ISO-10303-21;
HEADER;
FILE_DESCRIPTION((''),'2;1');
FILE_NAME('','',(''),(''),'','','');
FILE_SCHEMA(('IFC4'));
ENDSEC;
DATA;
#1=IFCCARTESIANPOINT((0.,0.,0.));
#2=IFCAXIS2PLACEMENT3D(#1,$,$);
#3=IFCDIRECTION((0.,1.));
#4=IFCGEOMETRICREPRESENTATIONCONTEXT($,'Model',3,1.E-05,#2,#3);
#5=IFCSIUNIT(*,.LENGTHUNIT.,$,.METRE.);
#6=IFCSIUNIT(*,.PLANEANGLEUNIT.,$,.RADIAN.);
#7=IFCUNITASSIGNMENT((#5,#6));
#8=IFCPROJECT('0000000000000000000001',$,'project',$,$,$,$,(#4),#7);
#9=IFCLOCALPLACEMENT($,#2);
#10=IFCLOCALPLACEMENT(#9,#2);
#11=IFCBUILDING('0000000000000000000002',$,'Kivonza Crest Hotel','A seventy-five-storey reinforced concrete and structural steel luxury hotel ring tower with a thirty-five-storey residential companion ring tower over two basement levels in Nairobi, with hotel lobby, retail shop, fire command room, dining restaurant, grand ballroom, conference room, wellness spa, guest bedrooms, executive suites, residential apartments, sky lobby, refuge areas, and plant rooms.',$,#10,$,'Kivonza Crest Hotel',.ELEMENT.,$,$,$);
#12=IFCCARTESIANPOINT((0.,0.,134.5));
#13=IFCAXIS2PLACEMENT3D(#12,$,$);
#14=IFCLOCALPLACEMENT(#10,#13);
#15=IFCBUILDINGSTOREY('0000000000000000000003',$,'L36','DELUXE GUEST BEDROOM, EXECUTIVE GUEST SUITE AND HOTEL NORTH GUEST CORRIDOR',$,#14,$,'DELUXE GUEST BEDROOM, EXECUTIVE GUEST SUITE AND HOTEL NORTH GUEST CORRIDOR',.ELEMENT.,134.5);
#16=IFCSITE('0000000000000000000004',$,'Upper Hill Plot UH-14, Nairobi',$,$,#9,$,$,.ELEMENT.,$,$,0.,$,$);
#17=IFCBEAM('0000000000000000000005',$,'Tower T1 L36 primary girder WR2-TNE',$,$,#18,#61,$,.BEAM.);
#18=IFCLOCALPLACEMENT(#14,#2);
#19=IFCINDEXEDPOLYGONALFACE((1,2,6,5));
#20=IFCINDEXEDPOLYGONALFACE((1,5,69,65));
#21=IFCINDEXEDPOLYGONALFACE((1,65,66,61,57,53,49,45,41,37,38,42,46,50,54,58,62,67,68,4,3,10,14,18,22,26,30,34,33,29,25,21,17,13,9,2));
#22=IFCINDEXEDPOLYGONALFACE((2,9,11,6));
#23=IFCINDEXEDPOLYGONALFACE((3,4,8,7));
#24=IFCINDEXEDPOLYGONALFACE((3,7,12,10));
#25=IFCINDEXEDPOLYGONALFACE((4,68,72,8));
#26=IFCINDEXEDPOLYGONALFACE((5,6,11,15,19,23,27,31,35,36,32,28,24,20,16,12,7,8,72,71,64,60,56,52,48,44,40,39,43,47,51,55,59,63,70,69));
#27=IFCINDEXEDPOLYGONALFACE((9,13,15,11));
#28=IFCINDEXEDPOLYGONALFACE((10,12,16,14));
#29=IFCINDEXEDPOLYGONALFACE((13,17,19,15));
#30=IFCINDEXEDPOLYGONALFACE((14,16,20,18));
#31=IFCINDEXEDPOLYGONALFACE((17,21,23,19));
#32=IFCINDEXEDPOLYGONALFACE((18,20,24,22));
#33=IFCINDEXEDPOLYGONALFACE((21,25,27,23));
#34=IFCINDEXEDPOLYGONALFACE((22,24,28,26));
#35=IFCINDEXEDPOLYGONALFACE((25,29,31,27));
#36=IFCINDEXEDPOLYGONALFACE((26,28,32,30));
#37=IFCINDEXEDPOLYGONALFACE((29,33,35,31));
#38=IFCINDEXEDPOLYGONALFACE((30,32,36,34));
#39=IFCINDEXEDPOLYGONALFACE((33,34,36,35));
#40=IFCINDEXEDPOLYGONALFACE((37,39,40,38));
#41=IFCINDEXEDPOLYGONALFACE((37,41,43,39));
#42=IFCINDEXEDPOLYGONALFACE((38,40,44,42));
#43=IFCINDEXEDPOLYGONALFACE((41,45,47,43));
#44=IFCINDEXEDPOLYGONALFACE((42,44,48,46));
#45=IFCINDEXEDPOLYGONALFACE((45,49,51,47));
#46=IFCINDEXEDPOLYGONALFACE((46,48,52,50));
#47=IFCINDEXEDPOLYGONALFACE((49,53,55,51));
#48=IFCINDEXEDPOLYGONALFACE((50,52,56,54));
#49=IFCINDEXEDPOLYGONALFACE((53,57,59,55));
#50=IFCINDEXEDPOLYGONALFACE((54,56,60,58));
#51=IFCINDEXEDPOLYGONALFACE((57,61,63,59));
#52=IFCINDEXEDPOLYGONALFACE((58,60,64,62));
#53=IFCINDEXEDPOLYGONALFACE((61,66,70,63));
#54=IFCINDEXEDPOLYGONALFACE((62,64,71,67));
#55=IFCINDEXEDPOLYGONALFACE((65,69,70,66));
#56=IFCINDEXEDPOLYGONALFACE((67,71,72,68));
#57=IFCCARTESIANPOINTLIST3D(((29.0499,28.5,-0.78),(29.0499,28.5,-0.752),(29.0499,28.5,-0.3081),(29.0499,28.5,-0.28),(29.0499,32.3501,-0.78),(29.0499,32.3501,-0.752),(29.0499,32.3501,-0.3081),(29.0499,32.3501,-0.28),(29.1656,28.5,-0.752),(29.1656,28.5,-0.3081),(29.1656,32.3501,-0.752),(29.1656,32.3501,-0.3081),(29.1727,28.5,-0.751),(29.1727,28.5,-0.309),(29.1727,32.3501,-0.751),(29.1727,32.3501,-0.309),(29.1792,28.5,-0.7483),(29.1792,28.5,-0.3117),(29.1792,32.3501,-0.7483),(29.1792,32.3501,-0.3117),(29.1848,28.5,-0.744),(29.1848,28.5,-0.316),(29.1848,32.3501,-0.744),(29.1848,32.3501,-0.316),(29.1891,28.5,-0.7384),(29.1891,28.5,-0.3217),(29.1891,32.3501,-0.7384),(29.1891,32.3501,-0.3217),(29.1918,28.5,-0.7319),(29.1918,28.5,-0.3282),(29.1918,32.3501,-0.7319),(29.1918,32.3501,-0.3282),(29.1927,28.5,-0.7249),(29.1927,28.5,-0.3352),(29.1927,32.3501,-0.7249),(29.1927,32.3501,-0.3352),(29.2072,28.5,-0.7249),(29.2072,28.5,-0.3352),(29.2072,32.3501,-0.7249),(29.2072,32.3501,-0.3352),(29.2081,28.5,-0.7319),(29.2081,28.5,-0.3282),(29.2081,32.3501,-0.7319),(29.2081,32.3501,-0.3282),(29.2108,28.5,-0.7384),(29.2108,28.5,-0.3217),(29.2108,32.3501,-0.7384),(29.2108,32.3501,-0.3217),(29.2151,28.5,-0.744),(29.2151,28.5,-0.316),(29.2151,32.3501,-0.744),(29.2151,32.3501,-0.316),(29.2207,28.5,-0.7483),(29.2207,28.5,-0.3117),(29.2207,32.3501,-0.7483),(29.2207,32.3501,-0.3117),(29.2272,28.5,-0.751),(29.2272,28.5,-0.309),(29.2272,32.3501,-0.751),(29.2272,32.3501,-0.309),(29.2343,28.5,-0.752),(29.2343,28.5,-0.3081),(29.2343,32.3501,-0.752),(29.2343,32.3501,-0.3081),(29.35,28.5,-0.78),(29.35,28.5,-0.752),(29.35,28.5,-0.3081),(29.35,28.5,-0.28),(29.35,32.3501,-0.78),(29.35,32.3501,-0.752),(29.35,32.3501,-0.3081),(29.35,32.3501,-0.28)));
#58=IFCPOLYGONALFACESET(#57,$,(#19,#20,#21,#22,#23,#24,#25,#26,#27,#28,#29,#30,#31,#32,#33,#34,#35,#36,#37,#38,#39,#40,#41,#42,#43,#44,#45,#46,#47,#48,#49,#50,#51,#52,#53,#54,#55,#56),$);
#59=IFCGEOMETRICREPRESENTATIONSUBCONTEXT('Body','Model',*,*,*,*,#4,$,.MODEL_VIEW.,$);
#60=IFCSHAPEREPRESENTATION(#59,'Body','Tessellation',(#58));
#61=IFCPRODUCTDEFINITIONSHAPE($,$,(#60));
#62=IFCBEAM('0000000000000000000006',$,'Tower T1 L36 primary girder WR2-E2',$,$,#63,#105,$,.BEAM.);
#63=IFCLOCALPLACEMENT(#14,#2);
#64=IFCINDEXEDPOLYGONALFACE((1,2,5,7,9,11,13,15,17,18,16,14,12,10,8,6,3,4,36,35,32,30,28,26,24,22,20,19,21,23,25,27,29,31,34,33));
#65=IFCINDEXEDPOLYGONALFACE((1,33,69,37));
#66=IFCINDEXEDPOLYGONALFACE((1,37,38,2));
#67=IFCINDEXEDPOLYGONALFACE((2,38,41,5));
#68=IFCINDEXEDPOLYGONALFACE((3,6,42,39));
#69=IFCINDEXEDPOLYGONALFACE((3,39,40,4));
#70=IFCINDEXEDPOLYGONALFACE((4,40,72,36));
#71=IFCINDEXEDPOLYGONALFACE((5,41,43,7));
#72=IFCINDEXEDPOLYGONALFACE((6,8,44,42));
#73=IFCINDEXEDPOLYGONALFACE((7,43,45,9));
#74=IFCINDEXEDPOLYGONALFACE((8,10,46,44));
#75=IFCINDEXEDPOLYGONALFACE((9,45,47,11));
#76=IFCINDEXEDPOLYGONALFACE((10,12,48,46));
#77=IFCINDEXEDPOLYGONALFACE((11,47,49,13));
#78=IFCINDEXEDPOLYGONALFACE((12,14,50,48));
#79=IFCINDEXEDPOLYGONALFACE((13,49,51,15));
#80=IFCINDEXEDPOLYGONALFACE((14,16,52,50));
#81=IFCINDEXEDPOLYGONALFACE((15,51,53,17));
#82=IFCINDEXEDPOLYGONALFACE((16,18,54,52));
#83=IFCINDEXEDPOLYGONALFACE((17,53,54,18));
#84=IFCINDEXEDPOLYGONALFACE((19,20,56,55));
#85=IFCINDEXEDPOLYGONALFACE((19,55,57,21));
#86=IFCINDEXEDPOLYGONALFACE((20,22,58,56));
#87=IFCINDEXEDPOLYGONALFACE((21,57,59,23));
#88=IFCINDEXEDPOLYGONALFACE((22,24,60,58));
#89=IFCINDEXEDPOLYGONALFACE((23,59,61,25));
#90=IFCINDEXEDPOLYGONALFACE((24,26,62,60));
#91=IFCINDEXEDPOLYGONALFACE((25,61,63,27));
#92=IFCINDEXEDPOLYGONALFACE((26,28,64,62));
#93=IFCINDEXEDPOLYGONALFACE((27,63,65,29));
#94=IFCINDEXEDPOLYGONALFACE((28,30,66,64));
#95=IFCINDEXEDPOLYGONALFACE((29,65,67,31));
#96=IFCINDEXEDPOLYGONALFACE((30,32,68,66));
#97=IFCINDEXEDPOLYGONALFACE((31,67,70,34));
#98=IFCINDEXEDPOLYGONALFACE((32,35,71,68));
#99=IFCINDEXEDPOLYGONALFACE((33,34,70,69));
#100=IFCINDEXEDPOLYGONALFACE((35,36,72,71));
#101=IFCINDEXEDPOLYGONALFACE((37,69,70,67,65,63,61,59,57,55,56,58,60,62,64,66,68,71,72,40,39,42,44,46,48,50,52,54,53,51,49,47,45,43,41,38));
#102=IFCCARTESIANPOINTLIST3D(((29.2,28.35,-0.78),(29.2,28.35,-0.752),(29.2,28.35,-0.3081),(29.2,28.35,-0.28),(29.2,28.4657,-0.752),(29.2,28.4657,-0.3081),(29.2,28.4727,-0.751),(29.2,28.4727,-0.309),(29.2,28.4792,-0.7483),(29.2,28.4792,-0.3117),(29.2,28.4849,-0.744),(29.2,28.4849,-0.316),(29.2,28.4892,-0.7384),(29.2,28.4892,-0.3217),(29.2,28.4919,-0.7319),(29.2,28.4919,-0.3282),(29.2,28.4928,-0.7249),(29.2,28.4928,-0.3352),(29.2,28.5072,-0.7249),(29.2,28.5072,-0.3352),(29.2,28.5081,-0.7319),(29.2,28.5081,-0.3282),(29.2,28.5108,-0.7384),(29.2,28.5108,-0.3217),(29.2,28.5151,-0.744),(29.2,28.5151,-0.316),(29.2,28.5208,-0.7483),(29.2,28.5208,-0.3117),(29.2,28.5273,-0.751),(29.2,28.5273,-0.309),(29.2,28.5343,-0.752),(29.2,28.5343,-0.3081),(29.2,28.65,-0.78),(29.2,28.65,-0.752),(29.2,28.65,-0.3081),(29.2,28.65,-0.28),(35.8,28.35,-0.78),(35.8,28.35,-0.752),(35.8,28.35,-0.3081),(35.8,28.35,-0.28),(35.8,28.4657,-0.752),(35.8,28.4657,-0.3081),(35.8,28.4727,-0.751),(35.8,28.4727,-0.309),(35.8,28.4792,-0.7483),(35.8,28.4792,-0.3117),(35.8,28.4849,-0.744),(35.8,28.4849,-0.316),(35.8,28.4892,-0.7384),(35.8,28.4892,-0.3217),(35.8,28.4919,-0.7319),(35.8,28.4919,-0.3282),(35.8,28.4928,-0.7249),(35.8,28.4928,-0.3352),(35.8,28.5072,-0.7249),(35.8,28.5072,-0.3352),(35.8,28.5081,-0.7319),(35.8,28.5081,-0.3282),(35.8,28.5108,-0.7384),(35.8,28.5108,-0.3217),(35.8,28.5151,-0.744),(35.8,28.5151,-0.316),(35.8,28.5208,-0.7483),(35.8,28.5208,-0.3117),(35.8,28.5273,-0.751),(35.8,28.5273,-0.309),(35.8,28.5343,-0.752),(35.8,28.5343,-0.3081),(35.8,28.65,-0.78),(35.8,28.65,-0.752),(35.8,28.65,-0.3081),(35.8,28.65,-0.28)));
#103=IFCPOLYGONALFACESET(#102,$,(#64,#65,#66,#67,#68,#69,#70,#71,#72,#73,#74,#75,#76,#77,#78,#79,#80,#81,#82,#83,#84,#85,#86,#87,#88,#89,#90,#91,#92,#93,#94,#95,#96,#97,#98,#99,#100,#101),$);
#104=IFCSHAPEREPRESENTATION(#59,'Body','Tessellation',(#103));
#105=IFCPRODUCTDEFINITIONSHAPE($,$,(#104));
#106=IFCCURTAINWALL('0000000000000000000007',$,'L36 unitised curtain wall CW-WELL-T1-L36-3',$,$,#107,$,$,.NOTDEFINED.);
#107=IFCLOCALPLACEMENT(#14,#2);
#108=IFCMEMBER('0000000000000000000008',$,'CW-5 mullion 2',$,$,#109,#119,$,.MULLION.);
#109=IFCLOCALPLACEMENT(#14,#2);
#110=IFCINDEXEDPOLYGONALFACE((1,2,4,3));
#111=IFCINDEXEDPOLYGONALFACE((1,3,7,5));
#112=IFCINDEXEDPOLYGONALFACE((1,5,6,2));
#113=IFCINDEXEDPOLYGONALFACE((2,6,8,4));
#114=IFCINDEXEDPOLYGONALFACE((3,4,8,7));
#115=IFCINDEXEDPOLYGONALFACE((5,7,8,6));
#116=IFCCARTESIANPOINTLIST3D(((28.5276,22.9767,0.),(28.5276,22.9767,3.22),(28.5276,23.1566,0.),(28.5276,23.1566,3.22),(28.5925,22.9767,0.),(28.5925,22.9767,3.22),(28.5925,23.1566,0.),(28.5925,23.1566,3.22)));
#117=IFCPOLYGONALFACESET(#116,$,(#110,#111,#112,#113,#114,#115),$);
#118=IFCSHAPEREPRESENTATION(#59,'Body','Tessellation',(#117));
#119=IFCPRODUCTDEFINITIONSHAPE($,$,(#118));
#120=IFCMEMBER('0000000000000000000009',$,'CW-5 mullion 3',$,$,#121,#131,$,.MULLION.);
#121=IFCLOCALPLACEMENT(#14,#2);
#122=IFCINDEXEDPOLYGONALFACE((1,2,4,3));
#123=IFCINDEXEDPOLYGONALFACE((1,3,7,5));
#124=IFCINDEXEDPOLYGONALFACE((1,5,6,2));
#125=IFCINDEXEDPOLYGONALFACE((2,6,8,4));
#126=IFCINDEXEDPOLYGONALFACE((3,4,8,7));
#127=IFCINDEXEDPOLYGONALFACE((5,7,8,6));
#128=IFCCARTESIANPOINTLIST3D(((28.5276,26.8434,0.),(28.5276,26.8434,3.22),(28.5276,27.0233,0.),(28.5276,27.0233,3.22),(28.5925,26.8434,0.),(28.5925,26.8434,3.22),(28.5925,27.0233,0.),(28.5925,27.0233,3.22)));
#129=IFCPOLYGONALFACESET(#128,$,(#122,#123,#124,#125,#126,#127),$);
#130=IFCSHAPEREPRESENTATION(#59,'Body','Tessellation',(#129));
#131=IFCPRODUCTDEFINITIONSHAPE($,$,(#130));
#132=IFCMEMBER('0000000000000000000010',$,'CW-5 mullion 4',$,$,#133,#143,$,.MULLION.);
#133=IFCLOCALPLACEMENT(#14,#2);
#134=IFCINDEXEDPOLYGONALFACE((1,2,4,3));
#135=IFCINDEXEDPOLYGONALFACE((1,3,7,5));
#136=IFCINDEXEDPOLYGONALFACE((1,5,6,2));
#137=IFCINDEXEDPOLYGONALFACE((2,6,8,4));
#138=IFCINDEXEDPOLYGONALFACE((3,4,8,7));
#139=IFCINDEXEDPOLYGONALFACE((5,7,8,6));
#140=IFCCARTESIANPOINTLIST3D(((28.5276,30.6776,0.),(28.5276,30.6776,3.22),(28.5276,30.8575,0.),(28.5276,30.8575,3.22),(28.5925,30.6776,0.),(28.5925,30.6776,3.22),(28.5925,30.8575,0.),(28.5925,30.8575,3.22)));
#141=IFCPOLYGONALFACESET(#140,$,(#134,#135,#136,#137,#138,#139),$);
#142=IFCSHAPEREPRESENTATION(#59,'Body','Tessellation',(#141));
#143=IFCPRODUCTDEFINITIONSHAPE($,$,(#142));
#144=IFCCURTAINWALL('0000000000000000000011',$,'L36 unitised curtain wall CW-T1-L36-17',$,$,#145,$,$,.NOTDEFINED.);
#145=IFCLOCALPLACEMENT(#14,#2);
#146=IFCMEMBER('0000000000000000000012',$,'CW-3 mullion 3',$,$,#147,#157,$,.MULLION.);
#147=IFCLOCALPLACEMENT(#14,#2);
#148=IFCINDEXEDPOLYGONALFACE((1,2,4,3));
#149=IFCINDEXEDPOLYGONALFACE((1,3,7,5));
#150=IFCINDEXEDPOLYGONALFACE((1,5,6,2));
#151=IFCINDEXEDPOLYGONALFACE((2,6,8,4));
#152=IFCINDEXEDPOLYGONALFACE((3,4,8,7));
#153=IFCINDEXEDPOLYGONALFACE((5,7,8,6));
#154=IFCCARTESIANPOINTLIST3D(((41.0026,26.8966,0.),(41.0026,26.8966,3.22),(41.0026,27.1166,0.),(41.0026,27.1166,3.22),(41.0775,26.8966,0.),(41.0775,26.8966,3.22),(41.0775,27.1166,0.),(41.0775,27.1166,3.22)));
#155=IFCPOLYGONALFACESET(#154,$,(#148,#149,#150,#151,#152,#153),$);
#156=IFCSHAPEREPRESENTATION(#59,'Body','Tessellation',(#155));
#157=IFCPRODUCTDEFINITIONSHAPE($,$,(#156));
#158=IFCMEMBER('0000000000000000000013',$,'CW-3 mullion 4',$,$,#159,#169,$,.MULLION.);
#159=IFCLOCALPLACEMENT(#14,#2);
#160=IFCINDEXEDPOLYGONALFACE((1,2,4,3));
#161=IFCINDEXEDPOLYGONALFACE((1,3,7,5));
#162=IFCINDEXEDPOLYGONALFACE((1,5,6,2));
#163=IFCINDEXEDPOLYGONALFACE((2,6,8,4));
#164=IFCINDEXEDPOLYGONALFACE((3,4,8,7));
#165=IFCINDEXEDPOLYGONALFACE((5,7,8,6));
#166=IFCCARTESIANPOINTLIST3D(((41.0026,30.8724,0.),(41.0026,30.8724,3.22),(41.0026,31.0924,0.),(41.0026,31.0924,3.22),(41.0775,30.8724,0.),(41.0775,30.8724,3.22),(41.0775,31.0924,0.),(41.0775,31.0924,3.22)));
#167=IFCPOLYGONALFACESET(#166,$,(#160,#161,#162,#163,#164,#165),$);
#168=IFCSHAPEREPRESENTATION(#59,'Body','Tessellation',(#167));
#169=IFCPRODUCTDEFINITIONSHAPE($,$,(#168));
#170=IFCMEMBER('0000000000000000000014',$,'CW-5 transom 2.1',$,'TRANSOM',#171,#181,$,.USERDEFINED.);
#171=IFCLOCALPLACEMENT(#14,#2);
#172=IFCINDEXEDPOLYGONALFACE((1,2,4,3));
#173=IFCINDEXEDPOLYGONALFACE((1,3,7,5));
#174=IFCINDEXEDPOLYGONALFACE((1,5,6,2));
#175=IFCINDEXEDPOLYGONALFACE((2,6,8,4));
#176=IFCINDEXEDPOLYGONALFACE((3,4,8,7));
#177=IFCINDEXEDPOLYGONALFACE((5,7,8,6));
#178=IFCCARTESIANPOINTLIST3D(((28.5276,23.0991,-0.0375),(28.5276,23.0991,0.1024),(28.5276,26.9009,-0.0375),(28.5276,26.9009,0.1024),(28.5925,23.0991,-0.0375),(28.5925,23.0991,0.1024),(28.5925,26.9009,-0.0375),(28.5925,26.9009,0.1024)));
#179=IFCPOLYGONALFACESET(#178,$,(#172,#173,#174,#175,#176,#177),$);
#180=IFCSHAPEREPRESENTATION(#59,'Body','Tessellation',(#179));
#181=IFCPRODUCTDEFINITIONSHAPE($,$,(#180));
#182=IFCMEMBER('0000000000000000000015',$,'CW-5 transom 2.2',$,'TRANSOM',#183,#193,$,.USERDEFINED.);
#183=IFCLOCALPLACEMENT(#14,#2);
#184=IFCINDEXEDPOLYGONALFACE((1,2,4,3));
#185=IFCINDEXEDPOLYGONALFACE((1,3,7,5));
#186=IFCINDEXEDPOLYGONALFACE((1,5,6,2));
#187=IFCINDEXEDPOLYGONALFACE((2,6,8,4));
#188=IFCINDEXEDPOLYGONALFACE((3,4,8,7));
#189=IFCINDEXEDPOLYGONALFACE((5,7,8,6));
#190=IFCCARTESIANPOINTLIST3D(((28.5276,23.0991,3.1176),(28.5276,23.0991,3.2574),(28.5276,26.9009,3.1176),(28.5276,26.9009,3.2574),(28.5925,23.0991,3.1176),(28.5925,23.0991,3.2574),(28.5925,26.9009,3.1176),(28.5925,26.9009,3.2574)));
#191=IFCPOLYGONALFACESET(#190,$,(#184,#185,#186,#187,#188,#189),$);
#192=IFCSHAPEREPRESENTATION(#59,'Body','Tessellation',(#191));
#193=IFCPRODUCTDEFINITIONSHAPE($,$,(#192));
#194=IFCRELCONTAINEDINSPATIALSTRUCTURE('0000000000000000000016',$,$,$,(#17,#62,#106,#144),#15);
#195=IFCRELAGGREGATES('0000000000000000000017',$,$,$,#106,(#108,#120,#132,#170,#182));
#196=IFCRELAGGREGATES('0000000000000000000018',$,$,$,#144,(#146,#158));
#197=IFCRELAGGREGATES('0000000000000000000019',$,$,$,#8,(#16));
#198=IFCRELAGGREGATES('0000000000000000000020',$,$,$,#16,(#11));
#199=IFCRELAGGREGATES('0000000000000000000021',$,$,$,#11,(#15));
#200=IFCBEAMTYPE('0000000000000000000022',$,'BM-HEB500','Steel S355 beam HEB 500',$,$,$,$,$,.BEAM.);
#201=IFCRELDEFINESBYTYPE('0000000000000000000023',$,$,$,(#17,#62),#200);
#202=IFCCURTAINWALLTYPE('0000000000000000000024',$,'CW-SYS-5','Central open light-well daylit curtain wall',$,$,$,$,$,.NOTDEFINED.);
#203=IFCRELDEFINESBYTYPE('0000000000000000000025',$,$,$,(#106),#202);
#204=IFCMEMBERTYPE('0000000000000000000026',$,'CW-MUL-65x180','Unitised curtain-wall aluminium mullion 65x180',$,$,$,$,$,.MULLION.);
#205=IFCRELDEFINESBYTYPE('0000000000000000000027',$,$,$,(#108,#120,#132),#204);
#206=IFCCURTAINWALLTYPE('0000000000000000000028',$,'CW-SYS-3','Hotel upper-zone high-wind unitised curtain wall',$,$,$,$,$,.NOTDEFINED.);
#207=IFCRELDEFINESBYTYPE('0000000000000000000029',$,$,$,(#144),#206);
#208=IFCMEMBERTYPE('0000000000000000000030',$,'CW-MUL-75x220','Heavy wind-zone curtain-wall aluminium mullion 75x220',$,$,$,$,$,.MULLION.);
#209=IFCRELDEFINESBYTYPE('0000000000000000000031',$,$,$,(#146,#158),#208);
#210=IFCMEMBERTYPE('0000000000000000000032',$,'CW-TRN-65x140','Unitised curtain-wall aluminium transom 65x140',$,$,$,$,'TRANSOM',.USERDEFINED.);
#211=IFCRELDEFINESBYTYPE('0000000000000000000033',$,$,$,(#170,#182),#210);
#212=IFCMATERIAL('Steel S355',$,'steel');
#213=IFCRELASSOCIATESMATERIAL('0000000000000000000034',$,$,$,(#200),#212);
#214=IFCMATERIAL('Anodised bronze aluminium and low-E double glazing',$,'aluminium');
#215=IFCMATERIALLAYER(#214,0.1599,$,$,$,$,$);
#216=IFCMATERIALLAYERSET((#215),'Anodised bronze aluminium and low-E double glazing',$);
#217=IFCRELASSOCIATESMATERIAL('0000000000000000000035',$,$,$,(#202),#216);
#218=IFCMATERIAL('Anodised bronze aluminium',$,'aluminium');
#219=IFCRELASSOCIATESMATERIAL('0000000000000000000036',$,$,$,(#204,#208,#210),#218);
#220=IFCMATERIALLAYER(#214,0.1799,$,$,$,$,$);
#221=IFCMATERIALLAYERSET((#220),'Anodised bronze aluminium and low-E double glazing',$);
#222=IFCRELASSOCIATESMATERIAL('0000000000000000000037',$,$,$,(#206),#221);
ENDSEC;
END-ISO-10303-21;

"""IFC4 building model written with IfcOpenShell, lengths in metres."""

from ifc_helpers import new_model, si_unit, direction, frame, origin, origin_2d, place, context, subcontext, project, spatial, rectangle, i_section, extrude, material, layer, layer_set, material_profile, profile_set, type_object, element, aggregate, save


model = new_model("IFC4")

# Units and contexts
model_context = context("Model", 3, precision=1e-05, world=origin(), true_north=direction((0.0, 1.0)))
body_context = subcontext(model_context, "Body", "Model", "MODEL_VIEW")
ifc_project = project(units=[si_unit("LENGTHUNIT", "METRE"), si_unit("PLANEANGLEUNIT", "RADIAN")], contexts=[model_context])

# Site, building, storey
site_placement = place(None, origin())
site = spatial("IfcSite", under=ifc_project, at=site_placement, Name="Upper Hill Plot UH-14, Nairobi", CompositionType="ELEMENT", RefElevation=0.0)
building_placement = place(site_placement, origin())
building = spatial("IfcBuilding", under=site, at=building_placement, Name="Kivonza Crest Hotel", Description="A seventy-five-storey reinforced concrete and structural steel luxury hotel ring tower with a thirty-five-storey residential companion ring tower over two basement levels in Nairobi, with hotel lobby, retail shop, fire command room, dining restaurant, grand ballroom, conference room, wellness spa, guest bedrooms, executive suites, residential apartments, sky lobby, refuge areas, and plant rooms.", LongName="Kivonza Crest Hotel", CompositionType="ELEMENT")
storey_placement = place(building_placement, frame((0.0, 0.0, 134.5)))
storey = spatial("IfcBuildingStorey", under=building, at=storey_placement, Name="L36", Description="DELUXE GUEST BEDROOM, EXECUTIVE GUEST SUITE AND HOTEL NORTH GUEST CORRIDOR", LongName="DELUXE GUEST BEDROOM, EXECUTIVE GUEST SUITE AND HOTEL NORTH GUEST CORRIDOR", CompositionType="ELEMENT", Elevation=134.5)

# Beams
ifc_material_1 = material(Name="Steel S355", Category="steel")
ifc_material_profile_1 = material_profile(ifc_material_1, i_section(OverallWidth=0.3, OverallDepth=0.5, WebThickness=0.0144, FlangeThickness=0.0281, FilletRadius=0.0271, at=origin_2d()), Name="HEB 500")
ifc_profile_set_1 = profile_set([ifc_material_profile_1], Name="Steel S355")
beam_type_1 = type_object("IfcBeamType", Name="BM-HEB500", Description="Steel S355 beam HEB 500", PredefinedType="BEAM", material=ifc_profile_set_1)
beam_1_placement = place(storey_placement, frame((29.2, 28.5, -0.53), z_axis=(0.0, 1.0, 0.0), x_axis=(-1.0, 0.0, 0.0)))
element("IfcBeam", 1, at=beam_1_placement, inside=storey, type_object=beam_type_1, Name="Tower T1 L36 primary girder WR2-TNE", PredefinedType="BEAM", context=body_context, shape_type="SweptSolid", body=[
    extrude(i_section(OverallWidth=0.3, OverallDepth=0.5, WebThickness=0.0144, FlangeThickness=0.0281, FilletRadius=0.0271, at=origin_2d()), origin(), (0.0, 0.0, 1.0), 3.8501),
])
beam_2_placement = place(storey_placement, frame((29.2, 28.5, -0.53), z_axis=(1.0, 0.0, 0.0), x_axis=(0.0, 1.0, 0.0)))
element("IfcBeam", 2, at=beam_2_placement, inside=storey, type_object=beam_type_1, Name="Tower T1 L36 primary girder WR2-E2", PredefinedType="BEAM", context=body_context, shape_type="SweptSolid", body=[
    extrude(i_section(OverallWidth=0.3, OverallDepth=0.5, WebThickness=0.0144, FlangeThickness=0.0281, FilletRadius=0.0271, at=origin_2d()), origin(), (0.0, 0.0, 1.0), 6.6001),
])

# Curtain walls, members
ifc_material_2 = material(Name="Anodised bronze aluminium and low-E double glazing", Category="aluminium")
ifc_layer_1 = layer(ifc_material_2, 0.1599)
ifc_layer_set_1 = layer_set([ifc_layer_1], Name="Anodised bronze aluminium and low-E double glazing")
curtain_wall_type_1 = type_object("IfcCurtainWallType", Name="CW-SYS-5", Description="Central open light-well daylit curtain wall", PredefinedType="NOTDEFINED", material=ifc_layer_set_1)
curtain_wall_1_placement = place(storey_placement, origin())
curtain_wall_1 = element("IfcCurtainWall", 3, at=curtain_wall_1_placement, inside=storey, type_object=curtain_wall_type_1, Name="L36 unitised curtain wall CW-WELL-T1-L36-3", PredefinedType="NOTDEFINED")
ifc_material_3 = material(Name="Anodised bronze aluminium", Category="aluminium")
ifc_material_profile_2 = material_profile(ifc_material_3, rectangle(XDim=0.0649, YDim=0.1799, at=origin_2d()), Name="CW-M 65x180")
ifc_profile_set_2 = profile_set([ifc_material_profile_2], Name="Anodised bronze aluminium")
member_type_1 = type_object("IfcMemberType", Name="CW-MUL-65x180", Description="Unitised curtain-wall aluminium mullion 65x180", PredefinedType="MULLION", material=ifc_profile_set_2)
member_1_placement = place(storey_placement, frame((28.5601, 23.0667, 0.0), z_axis=(0.0, 0.0, 1.0), x_axis=(-1.0, 0.0, 0.0)))
member_1 = element("IfcMember", 4, at=member_1_placement, type_object=member_type_1, Name="CW-5 mullion 2", PredefinedType="MULLION", context=body_context, shape_type="SweptSolid", body=[
    extrude(rectangle(XDim=0.0649, YDim=0.1799, at=origin_2d()), origin(), (0.0, 0.0, 1.0), 3.22),
])
member_2_placement = place(storey_placement, frame((28.5601, 26.9333, 0.0), z_axis=(0.0, 0.0, 1.0), x_axis=(-1.0, 0.0, 0.0)))
member_2 = element("IfcMember", 5, at=member_2_placement, type_object=member_type_1, Name="CW-5 mullion 3", PredefinedType="MULLION", context=body_context, shape_type="SweptSolid", body=[
    extrude(rectangle(XDim=0.0649, YDim=0.1799, at=origin_2d()), origin(), (0.0, 0.0, 1.0), 3.22),
])
member_3_placement = place(storey_placement, frame((28.5601, 30.7676, 0.0), z_axis=(0.0, 0.0, 1.0), x_axis=(-1.0, 0.0, 0.0)))
member_3 = element("IfcMember", 6, at=member_3_placement, type_object=member_type_1, Name="CW-5 mullion 4", PredefinedType="MULLION", context=body_context, shape_type="SweptSolid", body=[
    extrude(rectangle(XDim=0.0649, YDim=0.1799, at=origin_2d()), origin(), (0.0, 0.0, 1.0), 3.22),
])
ifc_layer_2 = layer(ifc_material_2, 0.1799)
ifc_layer_set_2 = layer_set([ifc_layer_2], Name="Anodised bronze aluminium and low-E double glazing")
curtain_wall_type_2 = type_object("IfcCurtainWallType", Name="CW-SYS-3", Description="Hotel upper-zone high-wind unitised curtain wall", PredefinedType="NOTDEFINED", material=ifc_layer_set_2)
curtain_wall_2_placement = place(storey_placement, origin())
curtain_wall_2 = element("IfcCurtainWall", 7, at=curtain_wall_2_placement, inside=storey, type_object=curtain_wall_type_2, Name="L36 unitised curtain wall CW-T1-L36-17", PredefinedType="NOTDEFINED")
ifc_material_profile_3 = material_profile(ifc_material_3, rectangle(XDim=0.075, YDim=0.22, at=origin_2d()), Name="CW-M 75x220")
ifc_profile_set_3 = profile_set([ifc_material_profile_3], Name="Anodised bronze aluminium")
member_type_2 = type_object("IfcMemberType", Name="CW-MUL-75x220", Description="Heavy wind-zone curtain-wall aluminium mullion 75x220", PredefinedType="MULLION", material=ifc_profile_set_3)
member_4_placement = place(storey_placement, frame((41.04, 27.0066, 0.0), z_axis=(0.0, 0.0, 1.0), x_axis=(-1.0, 0.0, 0.0)))
member_4 = element("IfcMember", 8, at=member_4_placement, type_object=member_type_2, Name="CW-3 mullion 3", PredefinedType="MULLION", context=body_context, shape_type="SweptSolid", body=[
    extrude(rectangle(XDim=0.075, YDim=0.22, at=origin_2d()), origin(), (0.0, 0.0, 1.0), 3.22),
])
member_5_placement = place(storey_placement, frame((41.04, 30.9824, 0.0), z_axis=(0.0, 0.0, 1.0), x_axis=(-1.0, 0.0, 0.0)))
member_5 = element("IfcMember", 9, at=member_5_placement, type_object=member_type_2, Name="CW-3 mullion 4", PredefinedType="MULLION", context=body_context, shape_type="SweptSolid", body=[
    extrude(rectangle(XDim=0.075, YDim=0.22, at=origin_2d()), origin(), (0.0, 0.0, 1.0), 3.22),
])

# Members
ifc_material_profile_4 = material_profile(ifc_material_3, rectangle(XDim=0.0649, YDim=0.1399, at=origin_2d()), Name="CW-T 65x140")
ifc_profile_set_4 = profile_set([ifc_material_profile_4], Name="Anodised bronze aluminium")
member_type_3 = type_object("IfcMemberType", Name="CW-TRN-65x140", Description="Unitised curtain-wall aluminium transom 65x140", ElementType="TRANSOM", PredefinedType="USERDEFINED", material=ifc_profile_set_4)
member_6_placement = place(storey_placement, frame((28.5601, 23.0991, 0.0325), z_axis=(0.0, 1.0, 0.0), x_axis=(-1.0, 0.0, 0.0)))
member_6 = element("IfcMember", 10, at=member_6_placement, type_object=member_type_3, Name="CW-5 transom 2.1", ObjectType="TRANSOM", PredefinedType="USERDEFINED", context=body_context, shape_type="SweptSolid", body=[
    extrude(rectangle(XDim=0.0649, YDim=0.1399, at=origin_2d()), origin(), (0.0, 0.0, 1.0), 3.8018),
])
member_7_placement = place(storey_placement, frame((28.5601, 23.0991, 3.1875), z_axis=(0.0, 1.0, 0.0), x_axis=(-1.0, 0.0, 0.0)))
member_7 = element("IfcMember", 11, at=member_7_placement, type_object=member_type_3, Name="CW-5 transom 2.2", ObjectType="TRANSOM", PredefinedType="USERDEFINED", context=body_context, shape_type="SweptSolid", body=[
    extrude(rectangle(XDim=0.0649, YDim=0.1399, at=origin_2d()), origin(), (0.0, 0.0, 1.0), 3.8018),
])

aggregate(curtain_wall_1, [member_1, member_2, member_3, member_6, member_7])
aggregate(curtain_wall_2, [member_4, member_5])

save(model, "model.ifc")
